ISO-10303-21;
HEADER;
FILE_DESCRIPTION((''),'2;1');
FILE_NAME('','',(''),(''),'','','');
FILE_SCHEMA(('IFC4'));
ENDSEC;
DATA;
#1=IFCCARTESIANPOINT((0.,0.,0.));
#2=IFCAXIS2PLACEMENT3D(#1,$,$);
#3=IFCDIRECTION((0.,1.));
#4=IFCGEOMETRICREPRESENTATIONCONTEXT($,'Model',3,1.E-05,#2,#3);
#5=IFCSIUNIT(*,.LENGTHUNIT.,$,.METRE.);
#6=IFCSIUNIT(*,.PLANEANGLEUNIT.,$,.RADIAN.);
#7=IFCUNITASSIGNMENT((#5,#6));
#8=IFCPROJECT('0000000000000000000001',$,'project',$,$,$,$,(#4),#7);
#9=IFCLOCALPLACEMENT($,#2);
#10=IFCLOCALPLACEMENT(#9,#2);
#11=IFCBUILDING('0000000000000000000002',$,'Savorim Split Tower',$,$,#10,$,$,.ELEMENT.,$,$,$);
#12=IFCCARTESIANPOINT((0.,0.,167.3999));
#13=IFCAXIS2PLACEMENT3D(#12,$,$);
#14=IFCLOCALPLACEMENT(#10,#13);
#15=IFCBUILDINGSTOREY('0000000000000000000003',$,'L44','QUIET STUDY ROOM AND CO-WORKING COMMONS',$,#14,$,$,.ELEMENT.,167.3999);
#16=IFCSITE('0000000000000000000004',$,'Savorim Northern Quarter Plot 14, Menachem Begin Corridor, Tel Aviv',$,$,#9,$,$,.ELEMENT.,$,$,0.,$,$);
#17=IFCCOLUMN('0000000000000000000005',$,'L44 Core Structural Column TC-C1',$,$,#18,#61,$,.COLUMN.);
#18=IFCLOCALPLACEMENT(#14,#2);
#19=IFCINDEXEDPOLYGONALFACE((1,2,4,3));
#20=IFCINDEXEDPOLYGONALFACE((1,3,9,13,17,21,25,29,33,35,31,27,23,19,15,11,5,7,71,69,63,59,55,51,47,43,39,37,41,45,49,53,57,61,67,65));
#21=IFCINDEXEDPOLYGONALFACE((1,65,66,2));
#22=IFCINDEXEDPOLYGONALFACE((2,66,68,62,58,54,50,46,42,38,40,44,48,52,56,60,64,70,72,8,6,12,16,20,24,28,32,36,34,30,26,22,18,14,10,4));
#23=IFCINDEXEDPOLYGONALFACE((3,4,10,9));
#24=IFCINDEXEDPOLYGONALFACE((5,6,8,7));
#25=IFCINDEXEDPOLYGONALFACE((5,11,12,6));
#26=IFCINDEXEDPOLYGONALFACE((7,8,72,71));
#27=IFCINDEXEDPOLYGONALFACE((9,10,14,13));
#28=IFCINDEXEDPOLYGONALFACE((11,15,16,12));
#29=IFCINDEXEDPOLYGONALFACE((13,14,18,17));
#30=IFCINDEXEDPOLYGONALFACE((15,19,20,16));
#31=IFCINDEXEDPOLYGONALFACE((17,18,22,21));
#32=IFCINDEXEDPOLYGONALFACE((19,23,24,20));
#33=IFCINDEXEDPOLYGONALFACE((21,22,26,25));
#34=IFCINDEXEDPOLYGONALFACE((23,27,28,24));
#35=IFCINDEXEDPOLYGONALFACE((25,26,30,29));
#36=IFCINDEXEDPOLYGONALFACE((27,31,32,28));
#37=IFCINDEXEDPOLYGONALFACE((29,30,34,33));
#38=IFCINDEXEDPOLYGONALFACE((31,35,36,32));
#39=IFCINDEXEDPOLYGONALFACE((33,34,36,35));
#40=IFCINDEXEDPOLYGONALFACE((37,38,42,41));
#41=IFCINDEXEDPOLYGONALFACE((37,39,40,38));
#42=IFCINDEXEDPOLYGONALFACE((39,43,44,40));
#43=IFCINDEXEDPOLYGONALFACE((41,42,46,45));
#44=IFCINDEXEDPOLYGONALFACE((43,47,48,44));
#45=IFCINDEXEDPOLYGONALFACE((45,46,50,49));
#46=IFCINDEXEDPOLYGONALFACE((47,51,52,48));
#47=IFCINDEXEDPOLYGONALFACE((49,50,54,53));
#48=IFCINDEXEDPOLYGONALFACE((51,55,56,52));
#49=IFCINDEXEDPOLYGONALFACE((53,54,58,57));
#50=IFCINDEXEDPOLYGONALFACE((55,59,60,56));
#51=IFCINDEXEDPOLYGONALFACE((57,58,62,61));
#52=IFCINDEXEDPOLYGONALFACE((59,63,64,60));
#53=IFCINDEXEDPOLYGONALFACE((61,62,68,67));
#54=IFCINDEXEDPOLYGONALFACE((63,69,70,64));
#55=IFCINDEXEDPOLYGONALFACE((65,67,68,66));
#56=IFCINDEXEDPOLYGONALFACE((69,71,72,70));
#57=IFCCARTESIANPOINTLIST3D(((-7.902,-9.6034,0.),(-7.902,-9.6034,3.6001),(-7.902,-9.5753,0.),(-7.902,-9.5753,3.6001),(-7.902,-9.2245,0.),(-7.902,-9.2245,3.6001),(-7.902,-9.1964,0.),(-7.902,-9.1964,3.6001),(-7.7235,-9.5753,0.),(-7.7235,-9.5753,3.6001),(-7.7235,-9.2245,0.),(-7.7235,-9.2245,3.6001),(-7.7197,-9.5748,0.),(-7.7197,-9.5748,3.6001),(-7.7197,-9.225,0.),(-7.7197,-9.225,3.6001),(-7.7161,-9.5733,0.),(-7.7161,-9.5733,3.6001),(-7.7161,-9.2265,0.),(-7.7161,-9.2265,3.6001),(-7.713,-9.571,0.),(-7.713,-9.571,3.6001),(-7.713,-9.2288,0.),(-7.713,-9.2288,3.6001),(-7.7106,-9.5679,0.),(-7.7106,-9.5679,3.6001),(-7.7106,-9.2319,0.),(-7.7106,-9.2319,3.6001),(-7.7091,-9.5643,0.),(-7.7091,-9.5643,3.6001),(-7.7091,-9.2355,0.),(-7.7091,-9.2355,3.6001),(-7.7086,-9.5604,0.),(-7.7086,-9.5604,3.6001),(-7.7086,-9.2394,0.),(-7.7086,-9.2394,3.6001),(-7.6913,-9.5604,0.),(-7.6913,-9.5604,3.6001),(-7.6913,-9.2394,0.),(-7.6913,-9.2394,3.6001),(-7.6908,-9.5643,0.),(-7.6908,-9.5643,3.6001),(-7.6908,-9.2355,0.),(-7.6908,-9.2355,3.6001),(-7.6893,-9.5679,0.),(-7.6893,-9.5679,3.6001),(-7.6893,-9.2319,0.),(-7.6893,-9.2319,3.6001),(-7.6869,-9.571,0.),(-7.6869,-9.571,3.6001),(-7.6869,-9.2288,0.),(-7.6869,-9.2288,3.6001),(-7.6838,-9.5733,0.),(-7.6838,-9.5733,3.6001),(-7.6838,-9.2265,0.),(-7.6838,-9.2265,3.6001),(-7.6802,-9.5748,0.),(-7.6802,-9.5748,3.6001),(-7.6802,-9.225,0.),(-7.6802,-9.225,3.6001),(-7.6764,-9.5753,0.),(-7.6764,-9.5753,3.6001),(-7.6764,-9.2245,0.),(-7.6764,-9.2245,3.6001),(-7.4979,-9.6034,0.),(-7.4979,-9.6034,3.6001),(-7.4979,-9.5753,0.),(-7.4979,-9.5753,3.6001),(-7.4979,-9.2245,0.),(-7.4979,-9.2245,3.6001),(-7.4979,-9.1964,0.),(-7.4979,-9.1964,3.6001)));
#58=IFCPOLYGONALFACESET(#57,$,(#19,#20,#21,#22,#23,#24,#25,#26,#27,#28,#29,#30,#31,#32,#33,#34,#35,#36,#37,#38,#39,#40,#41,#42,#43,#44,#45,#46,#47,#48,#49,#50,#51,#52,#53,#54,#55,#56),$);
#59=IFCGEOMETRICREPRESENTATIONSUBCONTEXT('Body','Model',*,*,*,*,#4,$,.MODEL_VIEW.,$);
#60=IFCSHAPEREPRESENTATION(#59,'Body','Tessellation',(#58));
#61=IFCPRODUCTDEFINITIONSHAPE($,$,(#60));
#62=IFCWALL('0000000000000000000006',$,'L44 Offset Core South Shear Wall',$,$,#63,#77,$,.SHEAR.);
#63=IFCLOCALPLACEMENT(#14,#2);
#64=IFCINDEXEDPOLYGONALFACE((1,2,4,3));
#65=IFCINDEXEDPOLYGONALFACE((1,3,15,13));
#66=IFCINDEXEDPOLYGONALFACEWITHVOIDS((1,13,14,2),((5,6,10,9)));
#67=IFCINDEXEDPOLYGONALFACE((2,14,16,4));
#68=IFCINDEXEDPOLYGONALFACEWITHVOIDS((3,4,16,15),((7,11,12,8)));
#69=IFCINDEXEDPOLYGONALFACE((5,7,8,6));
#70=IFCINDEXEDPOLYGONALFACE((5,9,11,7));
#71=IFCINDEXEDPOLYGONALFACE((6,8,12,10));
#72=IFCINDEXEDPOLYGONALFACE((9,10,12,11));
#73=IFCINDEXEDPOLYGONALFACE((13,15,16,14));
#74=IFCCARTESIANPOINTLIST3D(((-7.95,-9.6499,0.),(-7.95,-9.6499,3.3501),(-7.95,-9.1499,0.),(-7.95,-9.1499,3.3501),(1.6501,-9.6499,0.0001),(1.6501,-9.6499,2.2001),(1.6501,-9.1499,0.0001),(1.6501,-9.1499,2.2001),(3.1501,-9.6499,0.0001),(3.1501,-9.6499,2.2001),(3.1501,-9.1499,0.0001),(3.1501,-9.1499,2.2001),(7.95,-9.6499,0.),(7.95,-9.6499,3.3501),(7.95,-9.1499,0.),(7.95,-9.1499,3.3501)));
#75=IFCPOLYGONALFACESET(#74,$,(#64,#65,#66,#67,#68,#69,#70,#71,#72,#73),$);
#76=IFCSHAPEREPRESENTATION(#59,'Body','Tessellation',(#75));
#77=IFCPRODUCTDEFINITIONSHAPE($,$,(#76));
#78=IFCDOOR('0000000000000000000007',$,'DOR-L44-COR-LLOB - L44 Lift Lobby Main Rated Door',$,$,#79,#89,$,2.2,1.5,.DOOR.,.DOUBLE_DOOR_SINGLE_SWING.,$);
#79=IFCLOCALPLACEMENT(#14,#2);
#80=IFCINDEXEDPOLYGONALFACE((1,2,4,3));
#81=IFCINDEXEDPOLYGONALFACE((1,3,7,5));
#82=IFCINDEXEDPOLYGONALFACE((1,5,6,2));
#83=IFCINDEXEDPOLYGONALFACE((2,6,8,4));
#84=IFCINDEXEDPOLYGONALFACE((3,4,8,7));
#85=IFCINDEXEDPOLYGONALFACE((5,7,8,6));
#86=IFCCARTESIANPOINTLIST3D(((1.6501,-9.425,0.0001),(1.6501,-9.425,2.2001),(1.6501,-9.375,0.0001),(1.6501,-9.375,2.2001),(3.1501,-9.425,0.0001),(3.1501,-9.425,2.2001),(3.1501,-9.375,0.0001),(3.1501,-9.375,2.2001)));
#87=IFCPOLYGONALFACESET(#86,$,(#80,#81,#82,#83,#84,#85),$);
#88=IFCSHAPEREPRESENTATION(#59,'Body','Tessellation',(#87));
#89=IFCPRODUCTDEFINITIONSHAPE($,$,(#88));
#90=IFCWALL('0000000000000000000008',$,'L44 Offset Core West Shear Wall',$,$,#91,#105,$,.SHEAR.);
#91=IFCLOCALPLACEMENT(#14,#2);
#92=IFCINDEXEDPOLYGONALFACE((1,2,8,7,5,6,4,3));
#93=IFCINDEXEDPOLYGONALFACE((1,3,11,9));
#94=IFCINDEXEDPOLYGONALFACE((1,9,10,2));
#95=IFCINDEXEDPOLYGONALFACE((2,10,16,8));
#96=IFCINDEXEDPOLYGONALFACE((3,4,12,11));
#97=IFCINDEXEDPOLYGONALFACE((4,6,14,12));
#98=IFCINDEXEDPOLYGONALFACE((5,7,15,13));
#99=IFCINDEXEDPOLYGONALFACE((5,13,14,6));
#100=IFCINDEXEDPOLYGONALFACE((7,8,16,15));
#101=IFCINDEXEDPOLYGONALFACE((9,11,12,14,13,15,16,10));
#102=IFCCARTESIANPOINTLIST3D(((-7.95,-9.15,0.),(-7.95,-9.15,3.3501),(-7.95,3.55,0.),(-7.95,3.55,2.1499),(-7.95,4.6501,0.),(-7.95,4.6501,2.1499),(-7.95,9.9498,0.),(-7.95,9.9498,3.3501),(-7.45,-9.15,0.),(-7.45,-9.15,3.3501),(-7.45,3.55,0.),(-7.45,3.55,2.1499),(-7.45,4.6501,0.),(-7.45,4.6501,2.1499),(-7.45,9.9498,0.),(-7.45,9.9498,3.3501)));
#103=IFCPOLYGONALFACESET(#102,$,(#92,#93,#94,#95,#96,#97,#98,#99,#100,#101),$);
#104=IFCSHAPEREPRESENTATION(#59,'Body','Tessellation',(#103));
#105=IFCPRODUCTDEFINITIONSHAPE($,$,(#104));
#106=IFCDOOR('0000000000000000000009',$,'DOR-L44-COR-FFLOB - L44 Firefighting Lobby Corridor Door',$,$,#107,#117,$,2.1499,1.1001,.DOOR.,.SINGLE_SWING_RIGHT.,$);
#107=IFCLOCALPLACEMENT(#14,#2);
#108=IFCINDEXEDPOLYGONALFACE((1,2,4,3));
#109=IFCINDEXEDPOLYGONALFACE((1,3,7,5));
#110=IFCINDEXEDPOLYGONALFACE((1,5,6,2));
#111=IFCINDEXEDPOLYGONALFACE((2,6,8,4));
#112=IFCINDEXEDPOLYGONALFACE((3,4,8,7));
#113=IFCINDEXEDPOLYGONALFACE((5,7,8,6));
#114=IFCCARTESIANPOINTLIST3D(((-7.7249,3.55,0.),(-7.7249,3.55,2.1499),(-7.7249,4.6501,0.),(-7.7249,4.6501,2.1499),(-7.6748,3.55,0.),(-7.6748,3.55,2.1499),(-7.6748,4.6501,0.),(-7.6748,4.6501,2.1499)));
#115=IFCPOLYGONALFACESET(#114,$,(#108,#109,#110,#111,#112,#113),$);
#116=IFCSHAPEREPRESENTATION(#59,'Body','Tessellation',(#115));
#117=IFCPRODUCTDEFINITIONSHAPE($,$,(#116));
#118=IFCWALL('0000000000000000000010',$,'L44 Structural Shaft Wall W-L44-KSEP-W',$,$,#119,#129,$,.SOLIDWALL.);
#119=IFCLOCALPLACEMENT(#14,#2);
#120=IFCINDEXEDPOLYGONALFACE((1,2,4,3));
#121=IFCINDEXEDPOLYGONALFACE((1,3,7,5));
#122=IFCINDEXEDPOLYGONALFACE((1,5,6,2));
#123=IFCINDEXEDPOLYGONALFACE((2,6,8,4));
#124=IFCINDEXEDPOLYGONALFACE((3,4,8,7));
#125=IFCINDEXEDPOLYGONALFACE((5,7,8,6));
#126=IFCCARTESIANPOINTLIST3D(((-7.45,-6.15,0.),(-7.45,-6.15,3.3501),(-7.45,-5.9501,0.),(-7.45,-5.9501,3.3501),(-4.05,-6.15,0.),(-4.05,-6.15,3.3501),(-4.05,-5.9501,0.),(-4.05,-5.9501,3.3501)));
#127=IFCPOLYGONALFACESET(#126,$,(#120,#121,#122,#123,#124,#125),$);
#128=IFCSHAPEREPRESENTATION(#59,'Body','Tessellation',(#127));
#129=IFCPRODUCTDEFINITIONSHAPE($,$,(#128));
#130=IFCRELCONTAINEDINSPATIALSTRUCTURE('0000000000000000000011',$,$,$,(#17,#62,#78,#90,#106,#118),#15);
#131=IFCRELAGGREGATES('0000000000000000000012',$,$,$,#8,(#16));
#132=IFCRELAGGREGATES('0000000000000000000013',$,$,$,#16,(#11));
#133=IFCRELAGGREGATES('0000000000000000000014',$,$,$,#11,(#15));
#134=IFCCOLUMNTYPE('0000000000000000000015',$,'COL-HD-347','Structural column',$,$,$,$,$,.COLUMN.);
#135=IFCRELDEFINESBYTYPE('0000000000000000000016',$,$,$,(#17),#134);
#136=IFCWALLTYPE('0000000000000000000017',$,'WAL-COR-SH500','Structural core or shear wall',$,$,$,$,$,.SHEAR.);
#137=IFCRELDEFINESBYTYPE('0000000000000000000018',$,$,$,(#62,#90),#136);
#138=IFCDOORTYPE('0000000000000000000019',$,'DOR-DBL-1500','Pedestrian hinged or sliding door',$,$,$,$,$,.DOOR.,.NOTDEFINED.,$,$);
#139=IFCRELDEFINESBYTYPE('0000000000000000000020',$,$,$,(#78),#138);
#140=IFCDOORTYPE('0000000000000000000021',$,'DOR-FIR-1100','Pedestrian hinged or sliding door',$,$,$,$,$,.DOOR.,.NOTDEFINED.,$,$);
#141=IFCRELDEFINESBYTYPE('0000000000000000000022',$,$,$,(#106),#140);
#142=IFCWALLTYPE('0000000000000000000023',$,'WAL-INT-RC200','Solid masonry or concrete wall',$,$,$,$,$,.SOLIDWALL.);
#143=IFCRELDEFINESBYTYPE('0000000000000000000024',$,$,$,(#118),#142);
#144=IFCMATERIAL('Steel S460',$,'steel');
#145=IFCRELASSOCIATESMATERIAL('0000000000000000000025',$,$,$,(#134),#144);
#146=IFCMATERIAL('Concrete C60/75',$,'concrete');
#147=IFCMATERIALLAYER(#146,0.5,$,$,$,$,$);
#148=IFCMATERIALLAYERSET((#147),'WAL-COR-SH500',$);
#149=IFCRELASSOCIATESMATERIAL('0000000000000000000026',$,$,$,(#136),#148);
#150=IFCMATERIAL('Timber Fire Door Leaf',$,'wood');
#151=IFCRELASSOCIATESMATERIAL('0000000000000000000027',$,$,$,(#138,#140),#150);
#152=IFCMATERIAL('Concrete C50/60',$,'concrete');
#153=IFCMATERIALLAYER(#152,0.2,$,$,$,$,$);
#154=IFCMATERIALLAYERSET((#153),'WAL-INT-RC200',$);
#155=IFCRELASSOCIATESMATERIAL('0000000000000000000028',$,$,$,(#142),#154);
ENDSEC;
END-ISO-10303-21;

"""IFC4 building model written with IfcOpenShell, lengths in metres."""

from ifc_helpers import new_model, si_unit, direction, frame, frame_2d, origin, origin_2d, place, context, subcontext, project, spatial, rectangle, i_section, extrude, material, layer, layer_set, material_profile, profile_set, type_object, element, fill, save


model = new_model("IFC4")

# Units and contexts
model_context = context("Model", 3, precision=1e-05, world=origin(), true_north=direction((0.0, 1.0)))
body_context = subcontext(model_context, "Body", "Model", "MODEL_VIEW")
ifc_project = project(units=[si_unit("LENGTHUNIT", "METRE"), si_unit("PLANEANGLEUNIT", "RADIAN")], contexts=[model_context])

# Site, building, storey
site_placement = place(None, origin())
site = spatial("IfcSite", under=ifc_project, at=site_placement, Name="Savorim Northern Quarter Plot 14, Menachem Begin Corridor, Tel Aviv", CompositionType="ELEMENT", RefElevation=0.0)
building_placement = place(site_placement, origin())
building = spatial("IfcBuilding", under=site, at=building_placement, Name="Savorim Split Tower", CompositionType="ELEMENT")
storey_placement = place(building_placement, frame((0.0, 0.0, 167.3999)))
storey = spatial("IfcBuildingStorey", under=building, at=storey_placement, Name="L44", Description="QUIET STUDY ROOM AND CO-WORKING COMMONS", CompositionType="ELEMENT", Elevation=167.3999)

# Column
ifc_material_1 = material(Name="Steel S460", Category="steel")
ifc_material_profile = material_profile(ifc_material_1, i_section(OverallWidth=0.4041, OverallDepth=0.407, WebThickness=0.0173, FlangeThickness=0.0281, FilletRadius=0.0149, at=origin_2d()), Name="HD 400x347")
ifc_profile_set = profile_set([ifc_material_profile], Name="Steel S460")
column_type = type_object("IfcColumnType", Name="COL-HD-347", Description="Structural column", PredefinedType="COLUMN", material=ifc_profile_set)
column_placement = place(storey_placement, frame((-7.7, -9.3999, 0.0), z_axis=(0.0, 0.0, 1.0), x_axis=(1.0, 0.0, 0.0)))
element("IfcColumn", 1, at=column_placement, inside=storey, type_object=column_type, Name="L44 Core Structural Column TC-C1", PredefinedType="COLUMN", context=body_context, shape_type="SweptSolid", body=[
    extrude(i_section(OverallWidth=0.4041, OverallDepth=0.407, WebThickness=0.0173, FlangeThickness=0.0281, FilletRadius=0.0149, at=origin_2d()), origin(), (0.0, 0.0, 1.0), 3.6001),
])

# Walls, openings, doors
ifc_material_2 = material(Name="Concrete C60/75", Category="concrete")
ifc_layer_1 = layer(ifc_material_2, 0.5)
ifc_layer_set_1 = layer_set([ifc_layer_1], Name="WAL-COR-SH500")
wall_type_1 = type_object("IfcWallType", Name="WAL-COR-SH500", Description="Structural core or shear wall", PredefinedType="SHEAR", material=ifc_layer_set_1)
wall_1_placement = place(storey_placement, frame((-7.95, -9.3999, 0.0), z_axis=(0.0, 0.0, 1.0), x_axis=(1.0, 0.0, 0.0)))
wall_1 = element("IfcWall", 2, at=wall_1_placement, inside=storey, type_object=wall_type_1, Name="L44 Offset Core South Shear Wall", PredefinedType="SHEAR", context=body_context, shape_type="SweptSolid", body=[
    extrude(rectangle(XDim=15.8999, YDim=0.5, at=frame_2d((7.95, 0.0))), origin(), (0.0, 0.0, 1.0), 3.3501),
])
opening_1_placement = place(wall_1_placement, frame((9.6001, 0.0, 0.0)))
opening_1 = element("IfcOpeningElement", 3, at=opening_1_placement, cuts=wall_1, PredefinedType="OPENING", context=body_context, shape_type="SweptSolid", body=[
    extrude(rectangle(XDim=1.5, YDim=2.2, at=frame_2d((0.75, 1.1001))), frame((0.0, 0.26, 0.0), z_axis=(0.0, -1.0, 0.0), x_axis=(1.0, 0.0, 0.0)), (0.0, 0.0, 1.0), 0.52),
])
ifc_material_3 = material(Name="Timber Fire Door Leaf", Category="wood")
door_type_1 = type_object("IfcDoorType", Name="DOR-DBL-1500", Description="Pedestrian hinged or sliding door", OperationType="NOTDEFINED", PredefinedType="DOOR", material=ifc_material_3)
door_1_placement = place(opening_1_placement, origin())
door_1 = element("IfcDoor", 4, at=door_1_placement, inside=storey, type_object=door_type_1, Name="DOR-L44-COR-LLOB - L44 Lift Lobby Main Rated Door", OperationType="DOUBLE_DOOR_SINGLE_SWING", OverallHeight=2.2, OverallWidth=1.5, PredefinedType="DOOR", context=body_context, shape_type="SweptSolid", body=[
    extrude(rectangle(XDim=1.5, YDim=2.2, at=frame_2d((0.75, 1.1001))), frame((0.0, 0.0249, 0.0), z_axis=(0.0, -1.0, 0.0), x_axis=(1.0, 0.0, 0.0)), (0.0, 0.0, 1.0), 0.05),
])
fill(opening_1, door_1)
wall_2_placement = place(storey_placement, frame((-7.7, -9.1499, 0.0), z_axis=(0.0, 0.0, 1.0), x_axis=(0.0, 1.0, 0.0)))
wall_2 = element("IfcWall", 5, at=wall_2_placement, inside=storey, type_object=wall_type_1, Name="L44 Offset Core West Shear Wall", PredefinedType="SHEAR", context=body_context, shape_type="SweptSolid", body=[
    extrude(rectangle(XDim=19.0999, YDim=0.5, at=frame_2d((9.5498, 0.0))), origin(), (0.0, 0.0, 1.0), 3.3501),
])
opening_2_placement = place(wall_2_placement, frame((12.7, 0.0, 0.0)))
opening_2 = element("IfcOpeningElement", 6, at=opening_2_placement, cuts=wall_2, PredefinedType="OPENING", context=body_context, shape_type="SweptSolid", body=[
    extrude(rectangle(XDim=1.1001, YDim=2.1499, at=frame_2d((0.55, 1.075))), frame((0.0, 0.26, 0.0), z_axis=(0.0, -1.0, 0.0), x_axis=(1.0, 0.0, 0.0)), (0.0, 0.0, 1.0), 0.52),
])
door_type_2 = type_object("IfcDoorType", Name="DOR-FIR-1100", Description="Pedestrian hinged or sliding door", OperationType="NOTDEFINED", PredefinedType="DOOR", material=ifc_material_3)
door_2_placement = place(opening_2_placement, origin())
door_2 = element("IfcDoor", 7, at=door_2_placement, inside=storey, type_object=door_type_2, Name="DOR-L44-COR-FFLOB - L44 Firefighting Lobby Corridor Door", OperationType="SINGLE_SWING_RIGHT", OverallHeight=2.1499, OverallWidth=1.1001, PredefinedType="DOOR", context=body_context, shape_type="SweptSolid", body=[
    extrude(rectangle(XDim=1.1001, YDim=2.1499, at=frame_2d((0.55, 1.075))), frame((0.0, 0.0249, 0.0), z_axis=(0.0, -1.0, 0.0), x_axis=(1.0, 0.0, 0.0)), (0.0, 0.0, 1.0), 0.05),
])
fill(opening_2, door_2)

# Wall
ifc_material_4 = material(Name="Concrete C50/60", Category="concrete")
ifc_layer_2 = layer(ifc_material_4, 0.2)
ifc_layer_set_2 = layer_set([ifc_layer_2], Name="WAL-INT-RC200")
wall_type_2 = type_object("IfcWallType", Name="WAL-INT-RC200", Description="Solid masonry or concrete wall", PredefinedType="SOLIDWALL", material=ifc_layer_set_2)
wall_3_placement = place(storey_placement, frame((-7.45, -6.05, 0.0), z_axis=(0.0, 0.0, 1.0), x_axis=(1.0, 0.0, 0.0)))
element("IfcWall", 8, at=wall_3_placement, inside=storey, type_object=wall_type_2, Name="L44 Structural Shaft Wall W-L44-KSEP-W", PredefinedType="SOLIDWALL", context=body_context, shape_type="SweptSolid", body=[
    extrude(rectangle(XDim=3.3999, YDim=0.2, at=frame_2d((1.7, 0.0))), origin(), (0.0, 0.0, 1.0), 3.3501),
])

save(model, "model.ifc")
